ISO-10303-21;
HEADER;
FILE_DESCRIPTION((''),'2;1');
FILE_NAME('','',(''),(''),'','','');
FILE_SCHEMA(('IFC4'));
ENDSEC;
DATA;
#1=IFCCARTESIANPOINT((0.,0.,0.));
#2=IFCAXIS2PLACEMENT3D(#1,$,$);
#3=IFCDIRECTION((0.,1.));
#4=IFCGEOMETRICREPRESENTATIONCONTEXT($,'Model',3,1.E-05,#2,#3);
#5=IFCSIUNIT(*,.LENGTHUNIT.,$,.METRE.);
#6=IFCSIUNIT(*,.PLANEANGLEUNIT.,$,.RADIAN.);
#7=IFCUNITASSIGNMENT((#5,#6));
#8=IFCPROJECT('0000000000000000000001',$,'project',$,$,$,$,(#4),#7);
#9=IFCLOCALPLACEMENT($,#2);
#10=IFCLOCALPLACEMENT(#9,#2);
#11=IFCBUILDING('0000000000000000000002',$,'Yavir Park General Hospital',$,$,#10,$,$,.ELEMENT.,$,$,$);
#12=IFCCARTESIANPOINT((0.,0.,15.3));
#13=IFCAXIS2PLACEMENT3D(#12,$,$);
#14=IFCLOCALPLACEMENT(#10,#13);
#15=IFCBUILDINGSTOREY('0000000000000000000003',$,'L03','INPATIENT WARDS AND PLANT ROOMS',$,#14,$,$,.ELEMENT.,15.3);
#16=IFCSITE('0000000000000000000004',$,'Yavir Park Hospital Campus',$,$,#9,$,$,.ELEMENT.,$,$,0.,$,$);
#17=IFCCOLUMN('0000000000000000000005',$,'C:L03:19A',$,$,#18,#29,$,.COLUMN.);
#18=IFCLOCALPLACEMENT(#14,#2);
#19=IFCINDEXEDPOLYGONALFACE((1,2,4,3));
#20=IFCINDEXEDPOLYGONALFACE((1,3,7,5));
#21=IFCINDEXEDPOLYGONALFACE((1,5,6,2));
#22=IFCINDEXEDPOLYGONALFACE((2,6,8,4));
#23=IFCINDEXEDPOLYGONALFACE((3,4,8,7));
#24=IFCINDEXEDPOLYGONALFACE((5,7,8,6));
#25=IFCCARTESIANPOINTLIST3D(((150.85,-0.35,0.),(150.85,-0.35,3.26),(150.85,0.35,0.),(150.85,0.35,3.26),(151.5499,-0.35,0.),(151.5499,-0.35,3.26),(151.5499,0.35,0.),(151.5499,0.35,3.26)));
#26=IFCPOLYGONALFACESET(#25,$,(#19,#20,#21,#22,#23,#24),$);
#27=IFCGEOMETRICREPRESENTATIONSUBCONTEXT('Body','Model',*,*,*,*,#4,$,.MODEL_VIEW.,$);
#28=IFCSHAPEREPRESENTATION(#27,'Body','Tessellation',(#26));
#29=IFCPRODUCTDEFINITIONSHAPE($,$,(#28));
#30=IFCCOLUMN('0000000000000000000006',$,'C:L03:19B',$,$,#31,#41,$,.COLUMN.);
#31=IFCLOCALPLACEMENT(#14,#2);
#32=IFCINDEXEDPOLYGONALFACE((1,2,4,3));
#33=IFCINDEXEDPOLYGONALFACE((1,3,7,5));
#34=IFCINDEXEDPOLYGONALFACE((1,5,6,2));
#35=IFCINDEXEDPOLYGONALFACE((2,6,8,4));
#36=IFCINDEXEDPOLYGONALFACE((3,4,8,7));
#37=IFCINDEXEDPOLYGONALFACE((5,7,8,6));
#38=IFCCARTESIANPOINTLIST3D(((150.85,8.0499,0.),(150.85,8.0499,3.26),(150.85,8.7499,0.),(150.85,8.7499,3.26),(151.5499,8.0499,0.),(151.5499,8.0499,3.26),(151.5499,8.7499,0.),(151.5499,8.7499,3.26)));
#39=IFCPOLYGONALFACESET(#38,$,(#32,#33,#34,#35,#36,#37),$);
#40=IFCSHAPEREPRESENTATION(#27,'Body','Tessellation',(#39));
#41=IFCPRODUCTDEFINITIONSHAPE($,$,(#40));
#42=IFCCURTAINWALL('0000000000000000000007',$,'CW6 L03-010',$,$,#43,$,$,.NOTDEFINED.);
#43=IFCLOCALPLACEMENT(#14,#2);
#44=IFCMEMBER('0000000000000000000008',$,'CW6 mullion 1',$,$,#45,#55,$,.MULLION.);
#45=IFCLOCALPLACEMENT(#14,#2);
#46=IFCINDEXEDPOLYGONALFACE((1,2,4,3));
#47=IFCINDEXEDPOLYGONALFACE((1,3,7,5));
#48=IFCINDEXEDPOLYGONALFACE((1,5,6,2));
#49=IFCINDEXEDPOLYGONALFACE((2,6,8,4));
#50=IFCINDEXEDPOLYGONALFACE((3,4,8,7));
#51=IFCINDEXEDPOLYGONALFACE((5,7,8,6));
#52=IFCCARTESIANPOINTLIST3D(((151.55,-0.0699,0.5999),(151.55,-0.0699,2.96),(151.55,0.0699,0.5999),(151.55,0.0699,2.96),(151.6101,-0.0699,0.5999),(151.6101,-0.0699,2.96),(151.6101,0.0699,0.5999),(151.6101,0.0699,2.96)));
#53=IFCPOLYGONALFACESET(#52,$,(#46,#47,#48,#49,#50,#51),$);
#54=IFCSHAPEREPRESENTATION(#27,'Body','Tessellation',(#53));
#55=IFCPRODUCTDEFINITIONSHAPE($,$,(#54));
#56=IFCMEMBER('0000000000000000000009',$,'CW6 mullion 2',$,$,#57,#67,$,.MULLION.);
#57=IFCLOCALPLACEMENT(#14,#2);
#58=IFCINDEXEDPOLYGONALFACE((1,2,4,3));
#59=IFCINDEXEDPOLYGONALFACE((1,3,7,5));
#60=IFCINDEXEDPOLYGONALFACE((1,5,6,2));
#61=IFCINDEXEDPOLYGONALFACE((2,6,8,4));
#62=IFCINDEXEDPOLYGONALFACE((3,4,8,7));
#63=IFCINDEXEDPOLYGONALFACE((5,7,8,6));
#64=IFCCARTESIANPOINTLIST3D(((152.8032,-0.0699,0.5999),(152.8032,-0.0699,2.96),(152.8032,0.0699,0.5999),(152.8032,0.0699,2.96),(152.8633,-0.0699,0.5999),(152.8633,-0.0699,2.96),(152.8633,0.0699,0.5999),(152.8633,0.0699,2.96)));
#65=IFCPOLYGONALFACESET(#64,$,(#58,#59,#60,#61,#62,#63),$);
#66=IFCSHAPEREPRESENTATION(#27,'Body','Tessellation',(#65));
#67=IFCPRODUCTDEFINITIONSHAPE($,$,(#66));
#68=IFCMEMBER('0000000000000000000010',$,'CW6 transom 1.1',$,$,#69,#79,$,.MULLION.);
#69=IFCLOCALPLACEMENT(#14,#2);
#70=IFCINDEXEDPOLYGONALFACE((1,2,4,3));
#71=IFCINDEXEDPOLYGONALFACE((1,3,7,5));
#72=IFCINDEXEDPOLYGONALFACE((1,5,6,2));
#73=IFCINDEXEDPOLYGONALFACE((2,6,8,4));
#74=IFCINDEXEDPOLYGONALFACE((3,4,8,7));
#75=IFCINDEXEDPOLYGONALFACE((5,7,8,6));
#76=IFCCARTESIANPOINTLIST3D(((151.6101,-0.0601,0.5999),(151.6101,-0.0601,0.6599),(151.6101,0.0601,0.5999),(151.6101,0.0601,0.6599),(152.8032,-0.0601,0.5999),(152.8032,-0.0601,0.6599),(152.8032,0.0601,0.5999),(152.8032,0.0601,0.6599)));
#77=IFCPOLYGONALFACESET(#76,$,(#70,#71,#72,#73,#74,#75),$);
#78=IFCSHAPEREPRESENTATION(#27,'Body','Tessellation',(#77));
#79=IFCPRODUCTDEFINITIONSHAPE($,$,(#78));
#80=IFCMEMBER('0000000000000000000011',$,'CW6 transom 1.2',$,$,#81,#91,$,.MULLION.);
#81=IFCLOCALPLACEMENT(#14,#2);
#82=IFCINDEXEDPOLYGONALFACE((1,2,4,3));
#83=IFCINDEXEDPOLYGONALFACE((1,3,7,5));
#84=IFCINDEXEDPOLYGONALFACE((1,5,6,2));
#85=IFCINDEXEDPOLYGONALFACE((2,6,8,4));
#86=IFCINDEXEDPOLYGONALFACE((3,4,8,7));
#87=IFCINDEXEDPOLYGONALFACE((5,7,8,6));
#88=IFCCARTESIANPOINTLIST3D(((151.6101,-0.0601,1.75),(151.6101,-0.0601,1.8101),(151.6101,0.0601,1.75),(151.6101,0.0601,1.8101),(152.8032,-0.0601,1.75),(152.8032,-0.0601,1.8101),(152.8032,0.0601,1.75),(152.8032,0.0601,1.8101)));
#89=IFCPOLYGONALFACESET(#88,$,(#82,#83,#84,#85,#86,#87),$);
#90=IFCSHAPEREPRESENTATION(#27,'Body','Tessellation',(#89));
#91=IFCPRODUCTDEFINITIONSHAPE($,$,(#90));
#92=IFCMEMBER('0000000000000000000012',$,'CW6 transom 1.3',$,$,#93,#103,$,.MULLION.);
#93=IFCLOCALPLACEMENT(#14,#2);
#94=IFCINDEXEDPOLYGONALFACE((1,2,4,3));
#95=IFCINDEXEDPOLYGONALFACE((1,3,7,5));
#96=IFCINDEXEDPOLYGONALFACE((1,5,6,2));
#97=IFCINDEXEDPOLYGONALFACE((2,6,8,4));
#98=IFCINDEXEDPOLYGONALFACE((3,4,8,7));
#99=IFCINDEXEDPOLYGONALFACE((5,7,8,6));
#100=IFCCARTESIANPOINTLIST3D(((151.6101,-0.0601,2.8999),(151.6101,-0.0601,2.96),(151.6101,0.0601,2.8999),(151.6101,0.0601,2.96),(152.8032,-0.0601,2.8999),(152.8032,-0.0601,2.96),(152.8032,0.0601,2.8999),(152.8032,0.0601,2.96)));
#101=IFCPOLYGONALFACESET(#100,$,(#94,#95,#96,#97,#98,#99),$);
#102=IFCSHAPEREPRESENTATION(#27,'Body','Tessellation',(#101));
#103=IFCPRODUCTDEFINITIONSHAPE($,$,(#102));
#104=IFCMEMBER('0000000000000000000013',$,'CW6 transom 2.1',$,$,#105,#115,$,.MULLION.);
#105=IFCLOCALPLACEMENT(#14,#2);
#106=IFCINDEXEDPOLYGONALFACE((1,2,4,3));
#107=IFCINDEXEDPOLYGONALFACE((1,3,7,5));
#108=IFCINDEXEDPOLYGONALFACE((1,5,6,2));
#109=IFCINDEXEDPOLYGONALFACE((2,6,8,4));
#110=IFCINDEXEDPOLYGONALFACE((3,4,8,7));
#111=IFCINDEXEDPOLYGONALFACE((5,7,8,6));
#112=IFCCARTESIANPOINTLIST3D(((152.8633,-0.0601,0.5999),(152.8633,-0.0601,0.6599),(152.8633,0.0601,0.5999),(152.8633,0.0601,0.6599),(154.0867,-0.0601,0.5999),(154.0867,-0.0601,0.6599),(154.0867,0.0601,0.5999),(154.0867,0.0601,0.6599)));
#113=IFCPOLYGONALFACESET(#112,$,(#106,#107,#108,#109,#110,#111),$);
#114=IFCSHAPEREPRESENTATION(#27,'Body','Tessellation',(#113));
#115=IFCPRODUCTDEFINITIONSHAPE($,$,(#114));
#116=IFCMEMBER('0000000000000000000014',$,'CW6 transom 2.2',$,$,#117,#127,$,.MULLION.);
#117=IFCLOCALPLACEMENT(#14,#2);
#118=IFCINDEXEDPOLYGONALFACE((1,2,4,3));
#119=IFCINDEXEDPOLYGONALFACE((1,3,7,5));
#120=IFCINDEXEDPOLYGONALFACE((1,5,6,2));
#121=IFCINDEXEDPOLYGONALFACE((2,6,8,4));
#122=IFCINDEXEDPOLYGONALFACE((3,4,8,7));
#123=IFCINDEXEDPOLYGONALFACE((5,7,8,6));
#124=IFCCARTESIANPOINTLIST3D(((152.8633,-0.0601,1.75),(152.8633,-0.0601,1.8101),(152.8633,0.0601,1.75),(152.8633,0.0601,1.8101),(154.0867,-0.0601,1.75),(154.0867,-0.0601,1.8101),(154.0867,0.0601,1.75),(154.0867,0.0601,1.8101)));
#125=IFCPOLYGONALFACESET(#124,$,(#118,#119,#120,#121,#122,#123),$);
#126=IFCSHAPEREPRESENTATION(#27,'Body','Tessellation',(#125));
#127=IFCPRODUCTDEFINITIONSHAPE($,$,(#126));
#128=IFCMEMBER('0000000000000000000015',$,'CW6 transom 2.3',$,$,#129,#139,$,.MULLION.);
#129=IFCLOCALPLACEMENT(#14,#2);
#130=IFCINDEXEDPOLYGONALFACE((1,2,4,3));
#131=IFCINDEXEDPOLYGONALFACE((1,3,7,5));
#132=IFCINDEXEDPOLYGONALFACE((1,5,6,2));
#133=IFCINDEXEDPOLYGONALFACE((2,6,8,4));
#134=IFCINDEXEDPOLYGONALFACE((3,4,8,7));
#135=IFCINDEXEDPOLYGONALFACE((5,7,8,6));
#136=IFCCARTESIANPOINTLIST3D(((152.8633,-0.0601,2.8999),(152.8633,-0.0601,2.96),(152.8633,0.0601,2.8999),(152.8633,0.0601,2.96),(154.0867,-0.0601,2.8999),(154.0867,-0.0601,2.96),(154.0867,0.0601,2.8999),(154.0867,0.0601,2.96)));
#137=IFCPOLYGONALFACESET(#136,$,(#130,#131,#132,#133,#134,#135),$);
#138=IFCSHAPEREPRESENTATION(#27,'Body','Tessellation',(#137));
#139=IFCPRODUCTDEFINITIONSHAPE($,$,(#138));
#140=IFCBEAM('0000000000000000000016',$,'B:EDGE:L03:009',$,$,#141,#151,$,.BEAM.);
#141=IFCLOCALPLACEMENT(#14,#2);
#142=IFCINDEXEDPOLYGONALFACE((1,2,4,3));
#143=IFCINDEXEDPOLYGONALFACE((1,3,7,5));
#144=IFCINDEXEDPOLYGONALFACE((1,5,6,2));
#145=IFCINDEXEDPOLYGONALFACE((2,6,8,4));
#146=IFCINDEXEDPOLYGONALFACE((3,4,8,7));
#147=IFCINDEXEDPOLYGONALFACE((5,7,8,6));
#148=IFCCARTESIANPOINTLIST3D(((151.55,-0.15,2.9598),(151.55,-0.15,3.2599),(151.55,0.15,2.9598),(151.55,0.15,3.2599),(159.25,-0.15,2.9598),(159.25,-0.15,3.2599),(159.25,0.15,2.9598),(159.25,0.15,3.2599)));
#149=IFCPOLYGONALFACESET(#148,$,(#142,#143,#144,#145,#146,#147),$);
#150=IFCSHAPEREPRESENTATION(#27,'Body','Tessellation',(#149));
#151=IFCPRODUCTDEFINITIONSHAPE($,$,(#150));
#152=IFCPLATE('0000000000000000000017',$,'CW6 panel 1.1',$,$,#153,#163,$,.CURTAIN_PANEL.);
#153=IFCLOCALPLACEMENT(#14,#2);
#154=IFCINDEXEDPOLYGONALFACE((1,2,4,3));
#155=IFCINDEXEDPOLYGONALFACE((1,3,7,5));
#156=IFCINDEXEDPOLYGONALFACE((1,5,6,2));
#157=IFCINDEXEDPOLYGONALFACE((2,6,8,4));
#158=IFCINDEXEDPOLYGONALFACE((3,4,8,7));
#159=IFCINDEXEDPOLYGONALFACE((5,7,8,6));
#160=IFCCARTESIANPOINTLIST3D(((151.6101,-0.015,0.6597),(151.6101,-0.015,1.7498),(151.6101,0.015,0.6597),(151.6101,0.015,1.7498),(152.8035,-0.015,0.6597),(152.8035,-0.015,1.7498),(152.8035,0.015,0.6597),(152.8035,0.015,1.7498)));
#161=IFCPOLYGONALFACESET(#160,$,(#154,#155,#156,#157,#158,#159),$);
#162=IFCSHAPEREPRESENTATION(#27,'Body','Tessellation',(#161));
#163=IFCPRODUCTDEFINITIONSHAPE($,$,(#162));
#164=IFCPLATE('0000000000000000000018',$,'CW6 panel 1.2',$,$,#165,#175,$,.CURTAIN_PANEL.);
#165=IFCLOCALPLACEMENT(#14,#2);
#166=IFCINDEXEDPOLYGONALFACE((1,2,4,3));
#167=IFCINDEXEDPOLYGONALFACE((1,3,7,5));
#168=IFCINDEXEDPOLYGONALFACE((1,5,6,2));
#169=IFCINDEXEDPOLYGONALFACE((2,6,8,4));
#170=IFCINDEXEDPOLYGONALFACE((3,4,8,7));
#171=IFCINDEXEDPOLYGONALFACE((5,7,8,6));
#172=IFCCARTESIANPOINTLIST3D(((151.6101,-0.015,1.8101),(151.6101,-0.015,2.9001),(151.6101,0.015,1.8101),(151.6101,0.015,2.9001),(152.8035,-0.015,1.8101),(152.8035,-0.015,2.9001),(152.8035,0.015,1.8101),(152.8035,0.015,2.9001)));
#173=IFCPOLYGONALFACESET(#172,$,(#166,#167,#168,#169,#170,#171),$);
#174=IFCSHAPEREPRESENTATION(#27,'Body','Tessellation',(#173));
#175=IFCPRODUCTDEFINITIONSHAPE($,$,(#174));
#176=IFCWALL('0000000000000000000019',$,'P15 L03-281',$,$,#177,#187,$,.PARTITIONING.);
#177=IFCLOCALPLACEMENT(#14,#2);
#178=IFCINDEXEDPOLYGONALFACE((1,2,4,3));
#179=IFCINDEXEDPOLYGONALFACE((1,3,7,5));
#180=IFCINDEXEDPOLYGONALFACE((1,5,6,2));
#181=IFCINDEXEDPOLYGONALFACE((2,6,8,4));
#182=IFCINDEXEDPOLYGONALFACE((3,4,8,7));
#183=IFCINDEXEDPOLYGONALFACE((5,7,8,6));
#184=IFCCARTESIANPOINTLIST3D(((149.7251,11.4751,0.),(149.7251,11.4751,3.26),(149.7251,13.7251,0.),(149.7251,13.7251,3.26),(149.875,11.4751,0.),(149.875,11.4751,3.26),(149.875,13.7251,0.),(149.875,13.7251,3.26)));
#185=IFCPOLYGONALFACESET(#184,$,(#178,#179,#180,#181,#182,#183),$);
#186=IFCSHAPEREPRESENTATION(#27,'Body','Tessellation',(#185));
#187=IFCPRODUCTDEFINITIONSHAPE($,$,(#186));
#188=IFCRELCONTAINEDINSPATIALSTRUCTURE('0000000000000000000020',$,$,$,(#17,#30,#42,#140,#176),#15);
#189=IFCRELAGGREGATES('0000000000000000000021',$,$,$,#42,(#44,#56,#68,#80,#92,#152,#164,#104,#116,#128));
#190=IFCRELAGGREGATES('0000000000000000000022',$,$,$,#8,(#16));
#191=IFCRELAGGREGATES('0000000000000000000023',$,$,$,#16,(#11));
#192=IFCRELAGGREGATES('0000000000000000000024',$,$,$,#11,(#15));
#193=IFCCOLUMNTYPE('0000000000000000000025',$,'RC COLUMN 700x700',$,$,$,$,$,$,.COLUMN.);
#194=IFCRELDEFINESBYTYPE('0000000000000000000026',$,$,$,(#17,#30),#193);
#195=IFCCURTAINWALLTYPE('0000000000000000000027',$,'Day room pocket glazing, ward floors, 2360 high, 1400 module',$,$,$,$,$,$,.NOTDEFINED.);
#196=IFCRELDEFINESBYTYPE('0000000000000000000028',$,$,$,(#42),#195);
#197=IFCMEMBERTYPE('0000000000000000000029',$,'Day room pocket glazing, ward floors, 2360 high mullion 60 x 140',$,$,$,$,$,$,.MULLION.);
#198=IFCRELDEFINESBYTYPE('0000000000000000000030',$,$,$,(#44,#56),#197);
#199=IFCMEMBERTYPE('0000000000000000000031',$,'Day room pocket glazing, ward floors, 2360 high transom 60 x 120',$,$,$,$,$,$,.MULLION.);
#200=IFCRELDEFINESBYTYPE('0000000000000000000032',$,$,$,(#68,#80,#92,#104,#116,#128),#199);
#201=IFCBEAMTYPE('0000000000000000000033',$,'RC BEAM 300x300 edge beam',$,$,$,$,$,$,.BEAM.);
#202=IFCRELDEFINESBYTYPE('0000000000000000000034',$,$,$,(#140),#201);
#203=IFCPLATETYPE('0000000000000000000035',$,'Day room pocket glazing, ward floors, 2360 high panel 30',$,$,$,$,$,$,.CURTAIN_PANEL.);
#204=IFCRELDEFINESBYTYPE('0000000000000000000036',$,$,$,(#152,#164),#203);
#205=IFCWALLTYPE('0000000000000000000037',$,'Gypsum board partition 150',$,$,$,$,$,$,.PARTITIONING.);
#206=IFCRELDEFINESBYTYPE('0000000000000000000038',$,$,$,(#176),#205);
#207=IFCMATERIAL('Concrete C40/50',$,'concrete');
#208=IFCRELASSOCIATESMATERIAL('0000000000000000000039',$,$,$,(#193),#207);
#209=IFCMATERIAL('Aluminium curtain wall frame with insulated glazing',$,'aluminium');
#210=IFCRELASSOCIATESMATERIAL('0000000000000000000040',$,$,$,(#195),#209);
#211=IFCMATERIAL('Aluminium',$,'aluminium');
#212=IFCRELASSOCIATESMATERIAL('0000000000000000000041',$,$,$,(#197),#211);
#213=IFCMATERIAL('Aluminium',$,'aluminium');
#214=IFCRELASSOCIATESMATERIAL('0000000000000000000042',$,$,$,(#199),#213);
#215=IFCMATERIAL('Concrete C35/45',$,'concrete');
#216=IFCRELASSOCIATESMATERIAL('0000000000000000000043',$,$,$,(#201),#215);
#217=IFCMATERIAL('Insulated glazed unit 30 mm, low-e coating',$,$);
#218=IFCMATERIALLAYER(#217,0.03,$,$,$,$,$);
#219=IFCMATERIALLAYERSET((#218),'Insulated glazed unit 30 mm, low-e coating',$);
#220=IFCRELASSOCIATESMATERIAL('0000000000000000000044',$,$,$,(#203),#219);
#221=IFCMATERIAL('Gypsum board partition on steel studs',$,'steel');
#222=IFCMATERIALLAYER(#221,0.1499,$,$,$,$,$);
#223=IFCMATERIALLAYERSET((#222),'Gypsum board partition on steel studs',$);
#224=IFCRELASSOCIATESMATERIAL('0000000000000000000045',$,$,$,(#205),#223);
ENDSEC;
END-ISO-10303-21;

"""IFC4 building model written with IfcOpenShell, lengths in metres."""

from ifc_helpers import new_model, si_unit, direction, frame, frame_2d, origin, origin_2d, place, context, subcontext, project, spatial, rectangle, extrude, material, layer, layer_set, material_profile, profile_set, type_object, element, aggregate, save


model = new_model("IFC4")

# Units and contexts
model_context = context("Model", 3, precision=1e-05, world=origin(), true_north=direction((0.0, 1.0)))
body_context = subcontext(model_context, "Body", "Model", "MODEL_VIEW")
ifc_project = project(units=[si_unit("LENGTHUNIT", "METRE"), si_unit("PLANEANGLEUNIT", "RADIAN")], contexts=[model_context])

# Site, building, storey
site_placement = place(None, origin())
site = spatial("IfcSite", under=ifc_project, at=site_placement, Name="Yavir Park Hospital Campus", CompositionType="ELEMENT", RefElevation=0.0)
building_placement = place(site_placement, origin())
building = spatial("IfcBuilding", under=site, at=building_placement, Name="Yavir Park General Hospital", CompositionType="ELEMENT")
storey_placement = place(building_placement, frame((0.0, 0.0, 15.3)))
storey = spatial("IfcBuildingStorey", under=building, at=storey_placement, Name="L03", Description="INPATIENT WARDS AND PLANT ROOMS", CompositionType="ELEMENT", Elevation=15.3)

# Columns
ifc_material_1 = material(Name="Concrete C40/50", Category="concrete")
ifc_material_profile_1 = material_profile(ifc_material_1, rectangle(XDim=0.7, YDim=0.7, at=origin_2d()), Name="RC700x700")
ifc_profile_set_1 = profile_set([ifc_material_profile_1], Name="Concrete C40/50")
column_type = type_object("IfcColumnType", Name="RC COLUMN 700x700", PredefinedType="COLUMN", material=ifc_profile_set_1)
for number, where, z_axis, x_axis, name in (
    (1, (151.2, 0.0, 0.0), (0.0, 0.0, 1.0), (1.0, 0.0, 0.0), "C:L03:19A"),
    (2, (151.2, 8.3999, 0.0), (0.0, 0.0, 1.0), (1.0, 0.0, 0.0), "C:L03:19B"),
):
    element("IfcColumn", number, at=place(storey_placement, frame(where, z_axis=z_axis, x_axis=x_axis)), inside=storey, type_object=column_type, Name=name, PredefinedType="COLUMN", context=body_context, shape_type="SweptSolid", body=[
        extrude(rectangle(XDim=0.7, YDim=0.7, at=origin_2d()), origin(), (0.0, 0.0, 1.0), 3.26),
    ])

# Curtain wall, members
ifc_material_2 = material(Name="Aluminium curtain wall frame with insulated glazing", Category="aluminium")
curtain_wall_type = type_object("IfcCurtainWallType", Name="Day room pocket glazing, ward floors, 2360 high, 1400 module", PredefinedType="NOTDEFINED", material=ifc_material_2)
curtain_wall_placement = place(storey_placement, origin())
curtain_wall = element("IfcCurtainWall", 3, at=curtain_wall_placement, inside=storey, type_object=curtain_wall_type, Name="CW6 L03-010", PredefinedType="NOTDEFINED")
ifc_material_3 = material(Name="Aluminium", Category="aluminium")
ifc_material_profile_2 = material_profile(ifc_material_3, rectangle(XDim=0.1399, YDim=0.0601, at=origin_2d()), Name="AL 60x140")
ifc_profile_set_2 = profile_set([ifc_material_profile_2], Name="Aluminium")
member_type_1 = type_object("IfcMemberType", Name="Day room pocket glazing, ward floors, 2360 high mullion 60 x 140", PredefinedType="MULLION", material=ifc_profile_set_2)
member_1_placement = place(storey_placement, frame((151.5801, 0.0, 0.5999), z_axis=(0.0, 0.0, 1.0), x_axis=(0.0, 1.0, 0.0)))
member_1 = element("IfcMember", 4, at=member_1_placement, type_object=member_type_1, Name="CW6 mullion 1", PredefinedType="MULLION", context=body_context, shape_type="SweptSolid", body=[
    extrude(rectangle(XDim=0.1399, YDim=0.0601, at=origin_2d()), origin(), (0.0, 0.0, 1.0), 2.3601),
])
member_2_placement = place(storey_placement, frame((152.8333, 0.0, 0.5999), z_axis=(0.0, 0.0, 1.0), x_axis=(0.0, 1.0, 0.0)))
member_2 = element("IfcMember", 5, at=member_2_placement, type_object=member_type_1, Name="CW6 mullion 2", PredefinedType="MULLION", context=body_context, shape_type="SweptSolid", body=[
    extrude(rectangle(XDim=0.1399, YDim=0.0601, at=origin_2d()), origin(), (0.0, 0.0, 1.0), 2.3601),
])
ifc_material_4 = material(Name="Aluminium", Category="aluminium")
ifc_material_profile_3 = material_profile(ifc_material_4, rectangle(XDim=0.1201, YDim=0.0601, at=origin_2d()), Name="AL 120x60")
ifc_profile_set_3 = profile_set([ifc_material_profile_3], Name="Aluminium")
member_type_2 = type_object("IfcMemberType", Name="Day room pocket glazing, ward floors, 2360 high transom 60 x 120", PredefinedType="MULLION", material=ifc_profile_set_3)
member_3_placement = place(storey_placement, frame((151.6101, 0.0, 0.6299), z_axis=(1.0, 0.0, 0.0), x_axis=(0.0, 1.0, 0.0)))
member_3 = element("IfcMember", 6, at=member_3_placement, type_object=member_type_2, Name="CW6 transom 1.1", PredefinedType="MULLION", context=body_context, shape_type="SweptSolid", body=[
    extrude(rectangle(XDim=0.1201, YDim=0.0601, at=origin_2d()), origin(), (0.0, 0.0, 1.0), 1.1931),
])
member_4_placement = place(storey_placement, frame((151.6101, 0.0, 1.78), z_axis=(1.0, 0.0, 0.0), x_axis=(0.0, 1.0, 0.0)))
member_4 = element("IfcMember", 7, at=member_4_placement, type_object=member_type_2, Name="CW6 transom 1.2", PredefinedType="MULLION", context=body_context, shape_type="SweptSolid", body=[
    extrude(rectangle(XDim=0.1201, YDim=0.0601, at=origin_2d()), origin(), (0.0, 0.0, 1.0), 1.1931),
])
member_5_placement = place(storey_placement, frame((151.6101, 0.0, 2.9299), z_axis=(1.0, 0.0, 0.0), x_axis=(0.0, 1.0, 0.0)))
member_5 = element("IfcMember", 8, at=member_5_placement, type_object=member_type_2, Name="CW6 transom 1.3", PredefinedType="MULLION", context=body_context, shape_type="SweptSolid", body=[
    extrude(rectangle(XDim=0.1201, YDim=0.0601, at=origin_2d()), origin(), (0.0, 0.0, 1.0), 1.1931),
])
member_6_placement = place(storey_placement, frame((152.8633, 0.0, 0.6299), z_axis=(1.0, 0.0, 0.0), x_axis=(0.0, 1.0, 0.0)))
member_6 = element("IfcMember", 9, at=member_6_placement, type_object=member_type_2, Name="CW6 transom 2.1", PredefinedType="MULLION", context=body_context, shape_type="SweptSolid", body=[
    extrude(rectangle(XDim=0.1201, YDim=0.0601, at=origin_2d()), origin(), (0.0, 0.0, 1.0), 1.2234),
])
member_7_placement = place(storey_placement, frame((152.8633, 0.0, 1.78), z_axis=(1.0, 0.0, 0.0), x_axis=(0.0, 1.0, 0.0)))
member_7 = element("IfcMember", 10, at=member_7_placement, type_object=member_type_2, Name="CW6 transom 2.2", PredefinedType="MULLION", context=body_context, shape_type="SweptSolid", body=[
    extrude(rectangle(XDim=0.1201, YDim=0.0601, at=origin_2d()), origin(), (0.0, 0.0, 1.0), 1.2234),
])
member_8_placement = place(storey_placement, frame((152.8633, 0.0, 2.9299), z_axis=(1.0, 0.0, 0.0), x_axis=(0.0, 1.0, 0.0)))
member_8 = element("IfcMember", 11, at=member_8_placement, type_object=member_type_2, Name="CW6 transom 2.3", PredefinedType="MULLION", context=body_context, shape_type="SweptSolid", body=[
    extrude(rectangle(XDim=0.1201, YDim=0.0601, at=origin_2d()), origin(), (0.0, 0.0, 1.0), 1.2234),
])

# Beam
ifc_material_5 = material(Name="Concrete C35/45", Category="concrete")
ifc_material_profile_4 = material_profile(ifc_material_5, rectangle(XDim=0.3, YDim=0.3, at=origin_2d()), Name="RC300x300")
ifc_profile_set_4 = profile_set([ifc_material_profile_4], Name="Concrete C35/45")
beam_type = type_object("IfcBeamType", Name="RC BEAM 300x300 edge beam", PredefinedType="BEAM", material=ifc_profile_set_4)
beam_placement = place(storey_placement, frame((151.55, 0.0, 3.1099), z_axis=(1.0, 0.0, 0.0), x_axis=(0.0, 1.0, 0.0)))
element("IfcBeam", 12, at=beam_placement, inside=storey, type_object=beam_type, Name="B:EDGE:L03:009", PredefinedType="BEAM", context=body_context, shape_type="SweptSolid", body=[
    extrude(rectangle(XDim=0.3, YDim=0.3, at=origin_2d()), origin(), (0.0, 0.0, 1.0), 7.7),
])

# Plates
ifc_material_6 = material(Name="Insulated glazed unit 30 mm, low-e coating")
ifc_layer_1 = layer(ifc_material_6, 0.03)
ifc_layer_set_1 = layer_set([ifc_layer_1], Name="Insulated glazed unit 30 mm, low-e coating")
plate_type = type_object("IfcPlateType", Name="Day room pocket glazing, ward floors, 2360 high panel 30", PredefinedType="CURTAIN_PANEL", material=ifc_layer_set_1)
plate_1_placement = place(storey_placement, frame((152.2068, 0.0, 0.6597), z_axis=(0.0, 0.0, 1.0), x_axis=(1.0, 0.0, 0.0)))
plate_1 = element("IfcPlate", 13, at=plate_1_placement, type_object=plate_type, Name="CW6 panel 1.1", PredefinedType="CURTAIN_PANEL", context=body_context, shape_type="SweptSolid", body=[
    extrude(rectangle(XDim=1.1934, YDim=0.03, at=origin_2d()), origin(), (0.0, 0.0, 1.0), 1.0901),
])
plate_2_placement = place(storey_placement, frame((152.2068, 0.0, 1.8101), z_axis=(0.0, 0.0, 1.0), x_axis=(1.0, 0.0, 0.0)))
plate_2 = element("IfcPlate", 14, at=plate_2_placement, type_object=plate_type, Name="CW6 panel 1.2", PredefinedType="CURTAIN_PANEL", context=body_context, shape_type="SweptSolid", body=[
    extrude(rectangle(XDim=1.1934, YDim=0.03, at=origin_2d()), origin(), (0.0, 0.0, 1.0), 1.0901),
])
aggregate(curtain_wall, [member_1, member_2, member_3, member_4, member_5, plate_1, plate_2, member_6, member_7, member_8])

# Wall
ifc_material_7 = material(Name="Gypsum board partition on steel studs", Category="steel")
ifc_layer_2 = layer(ifc_material_7, 0.1499)
ifc_layer_set_2 = layer_set([ifc_layer_2], Name="Gypsum board partition on steel studs")
wall_type_1 = type_object("IfcWallType", Name="Gypsum board partition 150", PredefinedType="PARTITIONING", material=ifc_layer_set_2)
wall_1_placement = place(storey_placement, frame((149.8, 11.4751, 0.0), z_axis=(0.0, 0.0, 1.0), x_axis=(0.0, 1.0, 0.0)))
element("IfcWall", 15, at=wall_1_placement, inside=storey, type_object=wall_type_1, Name="P15 L03-281", PredefinedType="PARTITIONING", context=body_context, shape_type="SweptSolid", body=[
    extrude(rectangle(XDim=2.25, YDim=0.1499, at=frame_2d((1.125, 0.0))), origin(), (0.0, 0.0, 1.0), 3.26),
])

save(model, "model.ifc")
